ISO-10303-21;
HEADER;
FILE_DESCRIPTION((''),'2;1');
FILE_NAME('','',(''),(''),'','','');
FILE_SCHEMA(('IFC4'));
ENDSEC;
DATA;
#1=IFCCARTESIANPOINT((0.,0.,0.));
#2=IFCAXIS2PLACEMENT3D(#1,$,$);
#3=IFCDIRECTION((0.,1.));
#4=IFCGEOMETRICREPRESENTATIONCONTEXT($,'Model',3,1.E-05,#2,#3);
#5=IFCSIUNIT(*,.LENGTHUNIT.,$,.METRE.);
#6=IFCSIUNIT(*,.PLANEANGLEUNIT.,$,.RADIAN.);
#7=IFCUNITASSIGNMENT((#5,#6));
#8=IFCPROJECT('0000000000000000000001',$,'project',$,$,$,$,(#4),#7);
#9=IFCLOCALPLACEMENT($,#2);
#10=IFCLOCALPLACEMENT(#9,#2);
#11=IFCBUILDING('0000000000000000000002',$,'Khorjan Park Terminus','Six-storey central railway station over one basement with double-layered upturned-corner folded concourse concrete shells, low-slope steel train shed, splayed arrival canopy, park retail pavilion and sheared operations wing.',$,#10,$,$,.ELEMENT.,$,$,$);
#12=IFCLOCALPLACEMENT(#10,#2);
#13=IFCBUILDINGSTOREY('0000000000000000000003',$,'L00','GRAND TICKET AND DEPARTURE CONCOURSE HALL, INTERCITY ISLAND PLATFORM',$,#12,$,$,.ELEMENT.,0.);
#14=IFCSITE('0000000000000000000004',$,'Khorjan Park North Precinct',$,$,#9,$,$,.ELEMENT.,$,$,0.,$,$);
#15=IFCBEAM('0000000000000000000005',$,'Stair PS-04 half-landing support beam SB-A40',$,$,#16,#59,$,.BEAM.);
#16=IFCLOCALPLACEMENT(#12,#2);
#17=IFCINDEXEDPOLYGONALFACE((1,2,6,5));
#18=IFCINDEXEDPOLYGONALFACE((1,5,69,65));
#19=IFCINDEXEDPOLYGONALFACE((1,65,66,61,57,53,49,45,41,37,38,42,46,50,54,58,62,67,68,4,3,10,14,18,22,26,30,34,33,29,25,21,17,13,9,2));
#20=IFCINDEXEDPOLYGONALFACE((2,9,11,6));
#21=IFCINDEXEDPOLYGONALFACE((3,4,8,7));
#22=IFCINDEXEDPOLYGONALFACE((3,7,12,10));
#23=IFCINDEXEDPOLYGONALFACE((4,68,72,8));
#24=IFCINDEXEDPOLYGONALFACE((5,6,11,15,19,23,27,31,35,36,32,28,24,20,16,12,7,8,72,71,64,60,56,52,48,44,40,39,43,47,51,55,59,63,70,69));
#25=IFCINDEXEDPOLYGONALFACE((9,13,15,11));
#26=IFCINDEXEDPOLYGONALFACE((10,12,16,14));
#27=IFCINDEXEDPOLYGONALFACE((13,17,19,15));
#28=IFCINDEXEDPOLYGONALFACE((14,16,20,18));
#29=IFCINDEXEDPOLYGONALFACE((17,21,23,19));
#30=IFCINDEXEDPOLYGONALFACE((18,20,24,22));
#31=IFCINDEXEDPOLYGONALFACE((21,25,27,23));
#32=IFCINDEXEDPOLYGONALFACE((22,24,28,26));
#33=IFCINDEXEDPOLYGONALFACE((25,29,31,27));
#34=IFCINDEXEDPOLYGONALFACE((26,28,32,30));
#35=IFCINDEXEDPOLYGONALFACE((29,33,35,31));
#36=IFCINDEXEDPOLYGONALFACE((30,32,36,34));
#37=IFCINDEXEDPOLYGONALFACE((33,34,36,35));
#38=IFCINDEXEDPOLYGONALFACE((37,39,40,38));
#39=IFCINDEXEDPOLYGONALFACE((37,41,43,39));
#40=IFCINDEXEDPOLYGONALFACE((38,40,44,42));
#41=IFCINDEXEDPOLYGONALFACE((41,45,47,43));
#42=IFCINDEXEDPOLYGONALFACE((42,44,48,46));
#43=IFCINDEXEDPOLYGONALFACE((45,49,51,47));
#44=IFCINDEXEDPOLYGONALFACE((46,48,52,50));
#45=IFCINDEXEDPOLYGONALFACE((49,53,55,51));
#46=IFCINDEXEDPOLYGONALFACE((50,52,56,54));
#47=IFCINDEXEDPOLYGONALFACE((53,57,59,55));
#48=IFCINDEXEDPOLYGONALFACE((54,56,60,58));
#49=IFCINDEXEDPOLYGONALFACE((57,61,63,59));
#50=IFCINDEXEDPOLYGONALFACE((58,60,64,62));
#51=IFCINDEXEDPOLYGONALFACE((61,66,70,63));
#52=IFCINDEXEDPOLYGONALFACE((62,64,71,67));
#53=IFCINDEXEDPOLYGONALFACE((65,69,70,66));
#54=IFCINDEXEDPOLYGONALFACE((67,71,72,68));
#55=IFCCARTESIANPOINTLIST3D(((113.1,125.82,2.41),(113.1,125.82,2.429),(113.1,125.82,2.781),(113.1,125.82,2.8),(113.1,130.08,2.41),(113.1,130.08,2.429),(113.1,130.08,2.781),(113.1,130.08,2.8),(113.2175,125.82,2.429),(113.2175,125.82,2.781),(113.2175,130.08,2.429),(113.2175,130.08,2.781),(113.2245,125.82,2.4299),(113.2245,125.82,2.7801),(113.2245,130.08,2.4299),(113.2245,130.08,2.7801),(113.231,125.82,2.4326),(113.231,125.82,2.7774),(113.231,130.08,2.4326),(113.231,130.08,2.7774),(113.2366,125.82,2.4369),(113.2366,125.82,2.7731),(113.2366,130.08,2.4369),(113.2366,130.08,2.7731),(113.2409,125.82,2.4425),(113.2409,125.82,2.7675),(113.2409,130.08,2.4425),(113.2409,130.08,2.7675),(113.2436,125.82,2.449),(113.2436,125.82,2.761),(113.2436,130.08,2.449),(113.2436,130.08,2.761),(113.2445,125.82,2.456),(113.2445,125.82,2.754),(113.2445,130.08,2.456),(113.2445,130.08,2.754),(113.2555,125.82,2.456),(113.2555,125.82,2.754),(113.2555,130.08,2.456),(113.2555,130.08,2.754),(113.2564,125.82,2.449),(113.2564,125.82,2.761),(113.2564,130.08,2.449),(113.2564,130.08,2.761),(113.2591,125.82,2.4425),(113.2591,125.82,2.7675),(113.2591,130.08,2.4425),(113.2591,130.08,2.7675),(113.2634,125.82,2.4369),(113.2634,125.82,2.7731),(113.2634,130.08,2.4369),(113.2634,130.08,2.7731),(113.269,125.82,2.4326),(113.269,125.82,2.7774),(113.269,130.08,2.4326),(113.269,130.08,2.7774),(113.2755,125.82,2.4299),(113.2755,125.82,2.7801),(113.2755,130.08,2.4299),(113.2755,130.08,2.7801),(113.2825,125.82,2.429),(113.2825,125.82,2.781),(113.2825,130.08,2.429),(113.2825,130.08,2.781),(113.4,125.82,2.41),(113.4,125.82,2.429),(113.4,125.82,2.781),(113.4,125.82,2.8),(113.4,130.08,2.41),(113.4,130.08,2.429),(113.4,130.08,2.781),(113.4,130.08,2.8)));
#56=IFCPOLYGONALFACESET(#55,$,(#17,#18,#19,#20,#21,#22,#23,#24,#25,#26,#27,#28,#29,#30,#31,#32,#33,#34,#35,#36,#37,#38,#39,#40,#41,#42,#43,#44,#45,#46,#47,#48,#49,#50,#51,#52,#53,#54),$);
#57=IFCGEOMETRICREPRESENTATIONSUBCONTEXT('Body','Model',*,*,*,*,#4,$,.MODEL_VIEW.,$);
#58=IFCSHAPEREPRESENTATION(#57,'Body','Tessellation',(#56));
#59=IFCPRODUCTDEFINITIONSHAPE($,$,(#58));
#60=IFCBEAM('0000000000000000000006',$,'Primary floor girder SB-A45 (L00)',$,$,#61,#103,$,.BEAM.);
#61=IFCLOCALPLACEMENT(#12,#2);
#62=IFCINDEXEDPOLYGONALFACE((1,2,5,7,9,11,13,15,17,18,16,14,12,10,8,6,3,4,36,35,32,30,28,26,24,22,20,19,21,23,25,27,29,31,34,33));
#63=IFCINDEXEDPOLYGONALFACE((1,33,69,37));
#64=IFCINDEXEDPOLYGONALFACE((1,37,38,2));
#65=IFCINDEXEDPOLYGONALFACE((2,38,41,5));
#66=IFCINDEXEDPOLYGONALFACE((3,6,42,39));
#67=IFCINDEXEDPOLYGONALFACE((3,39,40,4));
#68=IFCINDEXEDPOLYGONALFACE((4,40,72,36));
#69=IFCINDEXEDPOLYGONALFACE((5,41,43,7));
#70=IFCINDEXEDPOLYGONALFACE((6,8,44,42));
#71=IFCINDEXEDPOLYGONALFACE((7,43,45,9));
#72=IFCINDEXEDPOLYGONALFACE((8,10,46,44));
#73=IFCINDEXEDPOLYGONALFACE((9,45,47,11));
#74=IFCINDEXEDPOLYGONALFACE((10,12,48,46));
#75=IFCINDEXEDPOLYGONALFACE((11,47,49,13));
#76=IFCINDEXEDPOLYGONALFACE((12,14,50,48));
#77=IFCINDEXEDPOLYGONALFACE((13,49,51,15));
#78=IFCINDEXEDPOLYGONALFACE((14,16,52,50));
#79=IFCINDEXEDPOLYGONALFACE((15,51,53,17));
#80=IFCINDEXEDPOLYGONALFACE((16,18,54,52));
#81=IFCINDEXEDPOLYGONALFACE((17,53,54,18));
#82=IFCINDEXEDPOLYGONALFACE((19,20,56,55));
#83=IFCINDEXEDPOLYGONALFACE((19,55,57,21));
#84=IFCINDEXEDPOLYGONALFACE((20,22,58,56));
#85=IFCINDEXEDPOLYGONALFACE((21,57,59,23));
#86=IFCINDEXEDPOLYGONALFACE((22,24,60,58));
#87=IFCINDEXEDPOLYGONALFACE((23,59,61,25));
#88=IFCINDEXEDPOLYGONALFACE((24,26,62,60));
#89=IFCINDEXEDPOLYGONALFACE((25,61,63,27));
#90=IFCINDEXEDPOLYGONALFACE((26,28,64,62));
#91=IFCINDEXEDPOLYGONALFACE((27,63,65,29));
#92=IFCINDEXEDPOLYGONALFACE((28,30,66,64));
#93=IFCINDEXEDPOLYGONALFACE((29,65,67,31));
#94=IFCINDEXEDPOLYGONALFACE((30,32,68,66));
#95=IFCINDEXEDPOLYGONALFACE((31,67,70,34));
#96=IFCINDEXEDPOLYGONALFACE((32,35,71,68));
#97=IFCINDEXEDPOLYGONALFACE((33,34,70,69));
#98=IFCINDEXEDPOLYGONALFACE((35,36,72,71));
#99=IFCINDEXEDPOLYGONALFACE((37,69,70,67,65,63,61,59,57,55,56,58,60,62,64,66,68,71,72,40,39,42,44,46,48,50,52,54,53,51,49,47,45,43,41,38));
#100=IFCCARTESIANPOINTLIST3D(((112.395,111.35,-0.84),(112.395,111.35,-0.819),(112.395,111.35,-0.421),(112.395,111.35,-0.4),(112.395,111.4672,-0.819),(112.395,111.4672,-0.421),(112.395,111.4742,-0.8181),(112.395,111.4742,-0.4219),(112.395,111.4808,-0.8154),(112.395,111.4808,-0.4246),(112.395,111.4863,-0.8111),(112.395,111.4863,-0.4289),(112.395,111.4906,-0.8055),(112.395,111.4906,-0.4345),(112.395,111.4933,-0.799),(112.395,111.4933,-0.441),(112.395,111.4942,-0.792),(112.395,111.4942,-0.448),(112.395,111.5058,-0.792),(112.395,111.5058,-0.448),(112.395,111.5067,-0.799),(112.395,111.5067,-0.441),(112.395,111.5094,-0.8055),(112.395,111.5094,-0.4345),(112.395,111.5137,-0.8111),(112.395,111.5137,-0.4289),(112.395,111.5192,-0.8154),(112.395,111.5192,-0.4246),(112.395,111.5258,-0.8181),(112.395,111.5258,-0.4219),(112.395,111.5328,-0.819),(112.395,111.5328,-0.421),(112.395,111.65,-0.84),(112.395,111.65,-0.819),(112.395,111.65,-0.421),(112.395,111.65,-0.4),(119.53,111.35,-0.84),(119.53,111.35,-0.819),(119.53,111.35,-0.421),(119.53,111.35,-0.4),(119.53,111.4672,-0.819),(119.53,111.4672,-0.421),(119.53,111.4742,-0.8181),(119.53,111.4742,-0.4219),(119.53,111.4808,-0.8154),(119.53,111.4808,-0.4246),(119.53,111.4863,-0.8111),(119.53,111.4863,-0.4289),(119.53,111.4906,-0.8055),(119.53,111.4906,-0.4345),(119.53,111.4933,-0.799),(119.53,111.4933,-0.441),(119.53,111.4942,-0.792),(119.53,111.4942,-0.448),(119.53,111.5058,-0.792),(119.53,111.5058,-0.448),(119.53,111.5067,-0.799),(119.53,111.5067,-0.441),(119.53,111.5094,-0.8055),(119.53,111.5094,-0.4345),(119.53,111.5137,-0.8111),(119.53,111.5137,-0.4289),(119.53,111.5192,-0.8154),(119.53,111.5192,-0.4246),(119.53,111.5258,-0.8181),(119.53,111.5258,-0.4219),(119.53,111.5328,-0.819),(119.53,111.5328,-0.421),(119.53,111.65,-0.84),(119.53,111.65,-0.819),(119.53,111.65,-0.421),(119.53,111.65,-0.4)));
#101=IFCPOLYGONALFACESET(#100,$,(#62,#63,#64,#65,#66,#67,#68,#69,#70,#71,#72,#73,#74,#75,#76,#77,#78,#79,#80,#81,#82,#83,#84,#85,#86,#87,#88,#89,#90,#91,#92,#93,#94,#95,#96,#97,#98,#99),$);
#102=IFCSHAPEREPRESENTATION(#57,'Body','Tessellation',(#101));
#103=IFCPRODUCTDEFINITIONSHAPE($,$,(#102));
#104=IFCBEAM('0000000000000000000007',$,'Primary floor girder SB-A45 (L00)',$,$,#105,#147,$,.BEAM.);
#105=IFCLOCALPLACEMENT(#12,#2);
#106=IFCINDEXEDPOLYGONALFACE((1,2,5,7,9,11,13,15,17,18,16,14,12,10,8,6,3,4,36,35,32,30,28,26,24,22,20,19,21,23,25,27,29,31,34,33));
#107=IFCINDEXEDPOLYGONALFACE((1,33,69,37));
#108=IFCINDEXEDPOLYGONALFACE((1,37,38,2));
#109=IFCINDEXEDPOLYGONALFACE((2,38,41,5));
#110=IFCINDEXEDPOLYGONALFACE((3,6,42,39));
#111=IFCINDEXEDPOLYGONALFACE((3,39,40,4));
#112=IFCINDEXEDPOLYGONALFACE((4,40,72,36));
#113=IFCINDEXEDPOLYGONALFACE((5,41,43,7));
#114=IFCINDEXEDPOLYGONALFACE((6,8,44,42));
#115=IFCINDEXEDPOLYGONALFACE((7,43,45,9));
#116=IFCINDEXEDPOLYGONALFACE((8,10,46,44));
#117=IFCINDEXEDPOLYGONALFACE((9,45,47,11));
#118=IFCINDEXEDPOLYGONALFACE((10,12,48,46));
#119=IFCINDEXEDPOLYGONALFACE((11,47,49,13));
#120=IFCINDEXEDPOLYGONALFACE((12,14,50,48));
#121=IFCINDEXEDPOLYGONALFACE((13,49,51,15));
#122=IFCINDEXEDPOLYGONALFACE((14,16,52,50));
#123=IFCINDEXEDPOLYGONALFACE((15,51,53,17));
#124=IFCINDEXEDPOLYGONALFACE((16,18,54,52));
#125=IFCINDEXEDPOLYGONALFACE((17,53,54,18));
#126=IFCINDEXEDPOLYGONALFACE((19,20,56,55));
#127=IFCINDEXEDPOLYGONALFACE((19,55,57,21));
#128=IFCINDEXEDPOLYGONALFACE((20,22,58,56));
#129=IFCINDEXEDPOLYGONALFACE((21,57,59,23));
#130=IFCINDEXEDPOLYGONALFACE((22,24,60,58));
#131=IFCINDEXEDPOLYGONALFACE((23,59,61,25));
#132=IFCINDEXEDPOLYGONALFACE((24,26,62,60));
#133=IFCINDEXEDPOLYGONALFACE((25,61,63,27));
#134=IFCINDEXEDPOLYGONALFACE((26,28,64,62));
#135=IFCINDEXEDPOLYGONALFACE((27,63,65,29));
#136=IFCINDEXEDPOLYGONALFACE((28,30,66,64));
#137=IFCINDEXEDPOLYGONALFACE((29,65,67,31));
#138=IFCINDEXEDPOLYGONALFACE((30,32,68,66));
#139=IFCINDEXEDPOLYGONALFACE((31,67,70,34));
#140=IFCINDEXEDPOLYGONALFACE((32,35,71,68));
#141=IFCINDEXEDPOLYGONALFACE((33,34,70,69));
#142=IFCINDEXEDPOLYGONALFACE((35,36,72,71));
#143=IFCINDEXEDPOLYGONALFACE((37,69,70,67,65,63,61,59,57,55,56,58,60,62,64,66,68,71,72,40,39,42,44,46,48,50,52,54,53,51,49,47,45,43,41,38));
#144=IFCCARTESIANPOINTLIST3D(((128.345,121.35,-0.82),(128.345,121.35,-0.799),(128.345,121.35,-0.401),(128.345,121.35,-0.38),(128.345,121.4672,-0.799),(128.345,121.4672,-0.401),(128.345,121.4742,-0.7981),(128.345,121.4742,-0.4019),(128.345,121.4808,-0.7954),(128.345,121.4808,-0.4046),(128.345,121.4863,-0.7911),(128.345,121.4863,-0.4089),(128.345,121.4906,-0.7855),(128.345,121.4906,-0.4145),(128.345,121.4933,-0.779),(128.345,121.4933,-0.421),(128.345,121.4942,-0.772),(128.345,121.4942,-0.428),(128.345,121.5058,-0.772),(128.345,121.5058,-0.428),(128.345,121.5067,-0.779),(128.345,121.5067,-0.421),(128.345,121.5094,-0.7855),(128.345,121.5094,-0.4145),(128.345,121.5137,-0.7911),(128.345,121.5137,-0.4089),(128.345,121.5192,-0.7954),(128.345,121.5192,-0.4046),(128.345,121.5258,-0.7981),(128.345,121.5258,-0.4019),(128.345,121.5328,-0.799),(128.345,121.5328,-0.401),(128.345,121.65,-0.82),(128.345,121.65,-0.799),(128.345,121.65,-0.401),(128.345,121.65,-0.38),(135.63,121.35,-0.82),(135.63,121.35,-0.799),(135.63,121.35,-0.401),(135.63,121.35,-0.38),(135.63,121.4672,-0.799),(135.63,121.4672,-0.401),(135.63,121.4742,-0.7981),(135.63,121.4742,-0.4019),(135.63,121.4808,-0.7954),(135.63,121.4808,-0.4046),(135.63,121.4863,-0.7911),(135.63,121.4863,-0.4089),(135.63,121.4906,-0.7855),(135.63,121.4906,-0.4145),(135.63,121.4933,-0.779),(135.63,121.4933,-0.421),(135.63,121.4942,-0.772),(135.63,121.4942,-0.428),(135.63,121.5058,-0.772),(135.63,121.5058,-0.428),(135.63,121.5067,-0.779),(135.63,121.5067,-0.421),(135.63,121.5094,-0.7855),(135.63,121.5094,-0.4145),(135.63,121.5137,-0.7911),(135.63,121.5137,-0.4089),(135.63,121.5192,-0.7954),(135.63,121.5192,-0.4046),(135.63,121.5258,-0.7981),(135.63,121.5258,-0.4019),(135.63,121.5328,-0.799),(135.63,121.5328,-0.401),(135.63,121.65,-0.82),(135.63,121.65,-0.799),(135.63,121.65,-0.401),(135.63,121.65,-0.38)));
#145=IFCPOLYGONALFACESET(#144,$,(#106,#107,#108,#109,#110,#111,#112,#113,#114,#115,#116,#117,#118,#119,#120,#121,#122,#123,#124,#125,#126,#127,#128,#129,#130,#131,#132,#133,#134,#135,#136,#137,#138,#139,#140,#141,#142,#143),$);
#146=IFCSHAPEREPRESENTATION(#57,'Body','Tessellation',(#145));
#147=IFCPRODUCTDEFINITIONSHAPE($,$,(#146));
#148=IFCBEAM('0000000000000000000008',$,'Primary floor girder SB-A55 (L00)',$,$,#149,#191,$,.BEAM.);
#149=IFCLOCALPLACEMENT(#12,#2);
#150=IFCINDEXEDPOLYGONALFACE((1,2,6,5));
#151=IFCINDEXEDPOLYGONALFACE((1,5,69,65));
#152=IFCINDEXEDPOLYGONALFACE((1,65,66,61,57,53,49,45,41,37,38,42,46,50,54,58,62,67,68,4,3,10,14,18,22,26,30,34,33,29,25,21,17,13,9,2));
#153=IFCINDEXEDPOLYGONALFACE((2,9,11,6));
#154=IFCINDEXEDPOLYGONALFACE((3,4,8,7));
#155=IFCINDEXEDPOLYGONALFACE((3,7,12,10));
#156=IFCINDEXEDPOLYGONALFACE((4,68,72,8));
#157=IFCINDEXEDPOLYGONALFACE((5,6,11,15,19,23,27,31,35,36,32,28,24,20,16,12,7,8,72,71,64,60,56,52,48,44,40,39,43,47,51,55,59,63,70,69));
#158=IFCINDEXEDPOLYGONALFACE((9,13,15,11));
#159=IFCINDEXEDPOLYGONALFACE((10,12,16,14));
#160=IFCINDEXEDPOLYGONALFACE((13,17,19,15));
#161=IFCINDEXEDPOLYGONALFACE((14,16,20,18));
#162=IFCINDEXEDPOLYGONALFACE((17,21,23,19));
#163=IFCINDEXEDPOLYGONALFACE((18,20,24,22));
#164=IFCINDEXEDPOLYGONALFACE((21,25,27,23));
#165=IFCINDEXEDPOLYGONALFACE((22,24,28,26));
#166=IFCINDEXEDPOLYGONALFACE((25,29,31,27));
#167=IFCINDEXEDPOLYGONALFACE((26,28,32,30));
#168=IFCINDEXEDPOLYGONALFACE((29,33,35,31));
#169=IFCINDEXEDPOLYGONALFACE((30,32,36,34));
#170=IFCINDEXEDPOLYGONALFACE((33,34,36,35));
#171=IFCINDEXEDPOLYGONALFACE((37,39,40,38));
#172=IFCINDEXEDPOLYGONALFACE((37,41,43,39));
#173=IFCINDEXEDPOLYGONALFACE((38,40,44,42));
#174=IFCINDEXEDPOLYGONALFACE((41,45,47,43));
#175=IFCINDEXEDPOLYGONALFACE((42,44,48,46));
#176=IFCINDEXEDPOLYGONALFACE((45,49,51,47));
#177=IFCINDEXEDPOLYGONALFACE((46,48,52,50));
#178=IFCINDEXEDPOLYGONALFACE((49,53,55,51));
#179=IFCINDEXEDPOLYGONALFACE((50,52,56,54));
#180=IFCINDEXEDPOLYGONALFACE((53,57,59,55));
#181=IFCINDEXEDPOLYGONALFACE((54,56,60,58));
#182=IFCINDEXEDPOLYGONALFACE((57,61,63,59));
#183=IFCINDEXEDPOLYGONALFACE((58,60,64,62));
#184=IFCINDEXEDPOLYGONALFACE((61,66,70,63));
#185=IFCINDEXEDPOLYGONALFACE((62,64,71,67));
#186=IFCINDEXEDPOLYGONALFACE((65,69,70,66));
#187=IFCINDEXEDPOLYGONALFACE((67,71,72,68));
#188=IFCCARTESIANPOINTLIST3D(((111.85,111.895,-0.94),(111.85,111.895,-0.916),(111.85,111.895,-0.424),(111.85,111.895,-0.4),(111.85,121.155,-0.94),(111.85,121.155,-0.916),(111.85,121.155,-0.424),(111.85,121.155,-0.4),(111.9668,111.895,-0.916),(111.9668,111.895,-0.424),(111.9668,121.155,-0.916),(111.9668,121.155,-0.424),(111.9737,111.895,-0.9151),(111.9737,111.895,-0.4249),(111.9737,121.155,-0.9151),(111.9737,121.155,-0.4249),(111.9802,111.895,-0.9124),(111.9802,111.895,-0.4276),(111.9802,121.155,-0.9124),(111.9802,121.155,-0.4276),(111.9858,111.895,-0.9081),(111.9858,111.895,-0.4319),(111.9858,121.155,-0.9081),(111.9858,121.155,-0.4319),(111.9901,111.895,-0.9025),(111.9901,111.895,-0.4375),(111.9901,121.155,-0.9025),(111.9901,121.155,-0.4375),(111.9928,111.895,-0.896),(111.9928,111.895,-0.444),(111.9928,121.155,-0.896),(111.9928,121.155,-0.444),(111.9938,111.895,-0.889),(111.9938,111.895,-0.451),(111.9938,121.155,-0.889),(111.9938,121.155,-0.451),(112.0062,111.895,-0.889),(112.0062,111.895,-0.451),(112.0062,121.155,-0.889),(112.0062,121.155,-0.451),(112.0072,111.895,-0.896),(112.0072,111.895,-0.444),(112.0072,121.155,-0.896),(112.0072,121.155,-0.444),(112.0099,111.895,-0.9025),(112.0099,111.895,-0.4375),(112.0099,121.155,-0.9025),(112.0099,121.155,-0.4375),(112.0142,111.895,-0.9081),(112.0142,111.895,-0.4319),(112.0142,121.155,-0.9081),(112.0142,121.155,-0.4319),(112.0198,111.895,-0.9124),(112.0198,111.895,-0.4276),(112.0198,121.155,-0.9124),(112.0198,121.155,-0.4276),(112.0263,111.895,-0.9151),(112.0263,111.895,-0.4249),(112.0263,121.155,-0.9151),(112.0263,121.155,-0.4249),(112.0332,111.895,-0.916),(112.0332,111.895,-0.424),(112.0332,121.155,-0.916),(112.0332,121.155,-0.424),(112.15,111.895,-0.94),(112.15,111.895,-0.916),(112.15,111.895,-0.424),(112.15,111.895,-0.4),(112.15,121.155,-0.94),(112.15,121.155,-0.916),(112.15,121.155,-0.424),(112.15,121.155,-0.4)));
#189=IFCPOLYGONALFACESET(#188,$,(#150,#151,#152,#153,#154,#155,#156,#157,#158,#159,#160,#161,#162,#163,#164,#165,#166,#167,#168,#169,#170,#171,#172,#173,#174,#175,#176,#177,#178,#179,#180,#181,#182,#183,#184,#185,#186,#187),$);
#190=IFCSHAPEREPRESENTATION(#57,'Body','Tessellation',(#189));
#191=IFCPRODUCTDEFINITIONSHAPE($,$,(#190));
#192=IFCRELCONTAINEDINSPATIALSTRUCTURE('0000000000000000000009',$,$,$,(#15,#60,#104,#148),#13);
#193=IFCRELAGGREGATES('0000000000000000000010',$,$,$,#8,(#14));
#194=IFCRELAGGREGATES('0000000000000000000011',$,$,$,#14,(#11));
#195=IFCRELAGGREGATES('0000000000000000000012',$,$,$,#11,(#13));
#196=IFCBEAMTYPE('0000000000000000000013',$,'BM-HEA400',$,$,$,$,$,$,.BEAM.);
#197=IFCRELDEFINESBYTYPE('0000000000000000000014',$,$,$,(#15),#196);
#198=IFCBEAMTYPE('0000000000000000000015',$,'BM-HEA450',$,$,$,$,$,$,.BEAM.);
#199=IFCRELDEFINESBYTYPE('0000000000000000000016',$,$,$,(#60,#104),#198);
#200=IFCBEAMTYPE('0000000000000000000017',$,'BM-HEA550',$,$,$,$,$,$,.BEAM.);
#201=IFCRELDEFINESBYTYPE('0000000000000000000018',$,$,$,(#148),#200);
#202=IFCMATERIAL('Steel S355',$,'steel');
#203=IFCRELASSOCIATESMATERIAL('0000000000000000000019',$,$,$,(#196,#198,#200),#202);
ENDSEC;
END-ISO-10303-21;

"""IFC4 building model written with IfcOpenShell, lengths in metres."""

from ifc_helpers import new_model, si_unit, direction, frame, origin, origin_2d, place, context, subcontext, project, spatial, i_section, extrude, material, material_profile, profile_set, type_object, element, save


model = new_model("IFC4")

# Units and contexts
model_context = context("Model", 3, precision=1e-05, world=origin(), true_north=direction((0.0, 1.0)))
body_context = subcontext(model_context, "Body", "Model", "MODEL_VIEW")
ifc_project = project(units=[si_unit("LENGTHUNIT", "METRE"), si_unit("PLANEANGLEUNIT", "RADIAN")], contexts=[model_context])

# Site, building, storey
site_placement = place(None, origin())
site = spatial("IfcSite", under=ifc_project, at=site_placement, Name="Khorjan Park North Precinct", CompositionType="ELEMENT", RefElevation=0.0)
building_placement = place(site_placement, origin())
building = spatial("IfcBuilding", under=site, at=building_placement, Name="Khorjan Park Terminus", Description="Six-storey central railway station over one basement with double-layered upturned-corner folded concourse concrete shells, low-slope steel train shed, splayed arrival canopy, park retail pavilion and sheared operations wing.", CompositionType="ELEMENT")
storey_placement = place(building_placement, origin())
storey = spatial("IfcBuildingStorey", under=building, at=storey_placement, Name="L00", Description="GRAND TICKET AND DEPARTURE CONCOURSE HALL, INTERCITY ISLAND PLATFORM", CompositionType="ELEMENT", Elevation=0.0)

# Shared definitions
ifc_material_1 = material(Name="Steel S355", Category="steel")

# Beams
ifc_material_profile_1 = material_profile(ifc_material_1, i_section(OverallWidth=0.3, OverallDepth=0.39, WebThickness=0.011, FlangeThickness=0.019, FilletRadius=0.027, at=origin_2d()), Name="HEA 400")
ifc_profile_set_1 = profile_set([ifc_material_profile_1], Name="Steel S355")
beam_type_1 = type_object("IfcBeamType", Name="BM-HEA400", PredefinedType="BEAM", material=ifc_profile_set_1)
beam_1_placement = place(storey_placement, frame((113.25, 125.82, 2.605), z_axis=(0.0, 1.0, 0.0), x_axis=(-1.0, 0.0, 0.0)))
element("IfcBeam", 1, at=beam_1_placement, inside=storey, type_object=beam_type_1, Name="Stair PS-04 half-landing support beam SB-A40", PredefinedType="BEAM", context=body_context, shape_type="SweptSolid", body=[
    extrude(i_section(OverallWidth=0.3, OverallDepth=0.39, WebThickness=0.011, FlangeThickness=0.019, FilletRadius=0.027, at=origin_2d()), origin(), (0.0, 0.0, 1.0), 4.26),
])
ifc_material_profile_2 = material_profile(ifc_material_1, i_section(OverallWidth=0.3, OverallDepth=0.44, WebThickness=0.0115, FlangeThickness=0.021, FilletRadius=0.027, at=origin_2d()), Name="HEA 450")
ifc_profile_set_2 = profile_set([ifc_material_profile_2], Name="Steel S355")
beam_type_2 = type_object("IfcBeamType", Name="BM-HEA450", PredefinedType="BEAM", material=ifc_profile_set_2)
beam_2_placement = place(storey_placement, frame((112.395, 111.5, -0.62), z_axis=(1.0, 0.0, 0.0), x_axis=(0.0, 1.0, 0.0)))
element("IfcBeam", 2, at=beam_2_placement, inside=storey, type_object=beam_type_2, Name="Primary floor girder SB-A45 (L00)", PredefinedType="BEAM", context=body_context, shape_type="SweptSolid", body=[
    extrude(i_section(OverallWidth=0.3, OverallDepth=0.44, WebThickness=0.0115, FlangeThickness=0.021, FilletRadius=0.027, at=origin_2d()), origin(), (0.0, 0.0, 1.0), 7.135),
])
beam_3_placement = place(storey_placement, frame((128.345, 121.5, -0.6), z_axis=(1.0, 0.0, 0.0), x_axis=(0.0, 1.0, 0.0)))
element("IfcBeam", 3, at=beam_3_placement, inside=storey, type_object=beam_type_2, Name="Primary floor girder SB-A45 (L00)", PredefinedType="BEAM", context=body_context, shape_type="SweptSolid", body=[
    extrude(i_section(OverallWidth=0.3, OverallDepth=0.44, WebThickness=0.0115, FlangeThickness=0.021, FilletRadius=0.027, at=origin_2d()), origin(), (0.0, 0.0, 1.0), 7.285),
])
ifc_material_profile_3 = material_profile(ifc_material_1, i_section(OverallWidth=0.3, OverallDepth=0.54, WebThickness=0.0125, FlangeThickness=0.024, FilletRadius=0.027, at=origin_2d()), Name="HEA 550")
ifc_profile_set_3 = profile_set([ifc_material_profile_3], Name="Steel S355")
beam_type_3 = type_object("IfcBeamType", Name="BM-HEA550", PredefinedType="BEAM", material=ifc_profile_set_3)
for number, where, z_axis, x_axis, name in (
    (4, (112.0, 111.895, -0.67), (0.0, 1.0, 0.0), (-1.0, 0.0, 0.0), "Primary floor girder SB-A55 (L00)"),
):
    element("IfcBeam", number, at=place(storey_placement, frame(where, z_axis=z_axis, x_axis=x_axis)), inside=storey, type_object=beam_type_3, Name=name, PredefinedType="BEAM", context=body_context, shape_type="SweptSolid", body=[
        extrude(i_section(OverallWidth=0.3, OverallDepth=0.54, WebThickness=0.0125, FlangeThickness=0.024, FilletRadius=0.027, at=origin_2d()), origin(), (0.0, 0.0, 1.0), 9.26),
    ])

save(model, "model.ifc")
